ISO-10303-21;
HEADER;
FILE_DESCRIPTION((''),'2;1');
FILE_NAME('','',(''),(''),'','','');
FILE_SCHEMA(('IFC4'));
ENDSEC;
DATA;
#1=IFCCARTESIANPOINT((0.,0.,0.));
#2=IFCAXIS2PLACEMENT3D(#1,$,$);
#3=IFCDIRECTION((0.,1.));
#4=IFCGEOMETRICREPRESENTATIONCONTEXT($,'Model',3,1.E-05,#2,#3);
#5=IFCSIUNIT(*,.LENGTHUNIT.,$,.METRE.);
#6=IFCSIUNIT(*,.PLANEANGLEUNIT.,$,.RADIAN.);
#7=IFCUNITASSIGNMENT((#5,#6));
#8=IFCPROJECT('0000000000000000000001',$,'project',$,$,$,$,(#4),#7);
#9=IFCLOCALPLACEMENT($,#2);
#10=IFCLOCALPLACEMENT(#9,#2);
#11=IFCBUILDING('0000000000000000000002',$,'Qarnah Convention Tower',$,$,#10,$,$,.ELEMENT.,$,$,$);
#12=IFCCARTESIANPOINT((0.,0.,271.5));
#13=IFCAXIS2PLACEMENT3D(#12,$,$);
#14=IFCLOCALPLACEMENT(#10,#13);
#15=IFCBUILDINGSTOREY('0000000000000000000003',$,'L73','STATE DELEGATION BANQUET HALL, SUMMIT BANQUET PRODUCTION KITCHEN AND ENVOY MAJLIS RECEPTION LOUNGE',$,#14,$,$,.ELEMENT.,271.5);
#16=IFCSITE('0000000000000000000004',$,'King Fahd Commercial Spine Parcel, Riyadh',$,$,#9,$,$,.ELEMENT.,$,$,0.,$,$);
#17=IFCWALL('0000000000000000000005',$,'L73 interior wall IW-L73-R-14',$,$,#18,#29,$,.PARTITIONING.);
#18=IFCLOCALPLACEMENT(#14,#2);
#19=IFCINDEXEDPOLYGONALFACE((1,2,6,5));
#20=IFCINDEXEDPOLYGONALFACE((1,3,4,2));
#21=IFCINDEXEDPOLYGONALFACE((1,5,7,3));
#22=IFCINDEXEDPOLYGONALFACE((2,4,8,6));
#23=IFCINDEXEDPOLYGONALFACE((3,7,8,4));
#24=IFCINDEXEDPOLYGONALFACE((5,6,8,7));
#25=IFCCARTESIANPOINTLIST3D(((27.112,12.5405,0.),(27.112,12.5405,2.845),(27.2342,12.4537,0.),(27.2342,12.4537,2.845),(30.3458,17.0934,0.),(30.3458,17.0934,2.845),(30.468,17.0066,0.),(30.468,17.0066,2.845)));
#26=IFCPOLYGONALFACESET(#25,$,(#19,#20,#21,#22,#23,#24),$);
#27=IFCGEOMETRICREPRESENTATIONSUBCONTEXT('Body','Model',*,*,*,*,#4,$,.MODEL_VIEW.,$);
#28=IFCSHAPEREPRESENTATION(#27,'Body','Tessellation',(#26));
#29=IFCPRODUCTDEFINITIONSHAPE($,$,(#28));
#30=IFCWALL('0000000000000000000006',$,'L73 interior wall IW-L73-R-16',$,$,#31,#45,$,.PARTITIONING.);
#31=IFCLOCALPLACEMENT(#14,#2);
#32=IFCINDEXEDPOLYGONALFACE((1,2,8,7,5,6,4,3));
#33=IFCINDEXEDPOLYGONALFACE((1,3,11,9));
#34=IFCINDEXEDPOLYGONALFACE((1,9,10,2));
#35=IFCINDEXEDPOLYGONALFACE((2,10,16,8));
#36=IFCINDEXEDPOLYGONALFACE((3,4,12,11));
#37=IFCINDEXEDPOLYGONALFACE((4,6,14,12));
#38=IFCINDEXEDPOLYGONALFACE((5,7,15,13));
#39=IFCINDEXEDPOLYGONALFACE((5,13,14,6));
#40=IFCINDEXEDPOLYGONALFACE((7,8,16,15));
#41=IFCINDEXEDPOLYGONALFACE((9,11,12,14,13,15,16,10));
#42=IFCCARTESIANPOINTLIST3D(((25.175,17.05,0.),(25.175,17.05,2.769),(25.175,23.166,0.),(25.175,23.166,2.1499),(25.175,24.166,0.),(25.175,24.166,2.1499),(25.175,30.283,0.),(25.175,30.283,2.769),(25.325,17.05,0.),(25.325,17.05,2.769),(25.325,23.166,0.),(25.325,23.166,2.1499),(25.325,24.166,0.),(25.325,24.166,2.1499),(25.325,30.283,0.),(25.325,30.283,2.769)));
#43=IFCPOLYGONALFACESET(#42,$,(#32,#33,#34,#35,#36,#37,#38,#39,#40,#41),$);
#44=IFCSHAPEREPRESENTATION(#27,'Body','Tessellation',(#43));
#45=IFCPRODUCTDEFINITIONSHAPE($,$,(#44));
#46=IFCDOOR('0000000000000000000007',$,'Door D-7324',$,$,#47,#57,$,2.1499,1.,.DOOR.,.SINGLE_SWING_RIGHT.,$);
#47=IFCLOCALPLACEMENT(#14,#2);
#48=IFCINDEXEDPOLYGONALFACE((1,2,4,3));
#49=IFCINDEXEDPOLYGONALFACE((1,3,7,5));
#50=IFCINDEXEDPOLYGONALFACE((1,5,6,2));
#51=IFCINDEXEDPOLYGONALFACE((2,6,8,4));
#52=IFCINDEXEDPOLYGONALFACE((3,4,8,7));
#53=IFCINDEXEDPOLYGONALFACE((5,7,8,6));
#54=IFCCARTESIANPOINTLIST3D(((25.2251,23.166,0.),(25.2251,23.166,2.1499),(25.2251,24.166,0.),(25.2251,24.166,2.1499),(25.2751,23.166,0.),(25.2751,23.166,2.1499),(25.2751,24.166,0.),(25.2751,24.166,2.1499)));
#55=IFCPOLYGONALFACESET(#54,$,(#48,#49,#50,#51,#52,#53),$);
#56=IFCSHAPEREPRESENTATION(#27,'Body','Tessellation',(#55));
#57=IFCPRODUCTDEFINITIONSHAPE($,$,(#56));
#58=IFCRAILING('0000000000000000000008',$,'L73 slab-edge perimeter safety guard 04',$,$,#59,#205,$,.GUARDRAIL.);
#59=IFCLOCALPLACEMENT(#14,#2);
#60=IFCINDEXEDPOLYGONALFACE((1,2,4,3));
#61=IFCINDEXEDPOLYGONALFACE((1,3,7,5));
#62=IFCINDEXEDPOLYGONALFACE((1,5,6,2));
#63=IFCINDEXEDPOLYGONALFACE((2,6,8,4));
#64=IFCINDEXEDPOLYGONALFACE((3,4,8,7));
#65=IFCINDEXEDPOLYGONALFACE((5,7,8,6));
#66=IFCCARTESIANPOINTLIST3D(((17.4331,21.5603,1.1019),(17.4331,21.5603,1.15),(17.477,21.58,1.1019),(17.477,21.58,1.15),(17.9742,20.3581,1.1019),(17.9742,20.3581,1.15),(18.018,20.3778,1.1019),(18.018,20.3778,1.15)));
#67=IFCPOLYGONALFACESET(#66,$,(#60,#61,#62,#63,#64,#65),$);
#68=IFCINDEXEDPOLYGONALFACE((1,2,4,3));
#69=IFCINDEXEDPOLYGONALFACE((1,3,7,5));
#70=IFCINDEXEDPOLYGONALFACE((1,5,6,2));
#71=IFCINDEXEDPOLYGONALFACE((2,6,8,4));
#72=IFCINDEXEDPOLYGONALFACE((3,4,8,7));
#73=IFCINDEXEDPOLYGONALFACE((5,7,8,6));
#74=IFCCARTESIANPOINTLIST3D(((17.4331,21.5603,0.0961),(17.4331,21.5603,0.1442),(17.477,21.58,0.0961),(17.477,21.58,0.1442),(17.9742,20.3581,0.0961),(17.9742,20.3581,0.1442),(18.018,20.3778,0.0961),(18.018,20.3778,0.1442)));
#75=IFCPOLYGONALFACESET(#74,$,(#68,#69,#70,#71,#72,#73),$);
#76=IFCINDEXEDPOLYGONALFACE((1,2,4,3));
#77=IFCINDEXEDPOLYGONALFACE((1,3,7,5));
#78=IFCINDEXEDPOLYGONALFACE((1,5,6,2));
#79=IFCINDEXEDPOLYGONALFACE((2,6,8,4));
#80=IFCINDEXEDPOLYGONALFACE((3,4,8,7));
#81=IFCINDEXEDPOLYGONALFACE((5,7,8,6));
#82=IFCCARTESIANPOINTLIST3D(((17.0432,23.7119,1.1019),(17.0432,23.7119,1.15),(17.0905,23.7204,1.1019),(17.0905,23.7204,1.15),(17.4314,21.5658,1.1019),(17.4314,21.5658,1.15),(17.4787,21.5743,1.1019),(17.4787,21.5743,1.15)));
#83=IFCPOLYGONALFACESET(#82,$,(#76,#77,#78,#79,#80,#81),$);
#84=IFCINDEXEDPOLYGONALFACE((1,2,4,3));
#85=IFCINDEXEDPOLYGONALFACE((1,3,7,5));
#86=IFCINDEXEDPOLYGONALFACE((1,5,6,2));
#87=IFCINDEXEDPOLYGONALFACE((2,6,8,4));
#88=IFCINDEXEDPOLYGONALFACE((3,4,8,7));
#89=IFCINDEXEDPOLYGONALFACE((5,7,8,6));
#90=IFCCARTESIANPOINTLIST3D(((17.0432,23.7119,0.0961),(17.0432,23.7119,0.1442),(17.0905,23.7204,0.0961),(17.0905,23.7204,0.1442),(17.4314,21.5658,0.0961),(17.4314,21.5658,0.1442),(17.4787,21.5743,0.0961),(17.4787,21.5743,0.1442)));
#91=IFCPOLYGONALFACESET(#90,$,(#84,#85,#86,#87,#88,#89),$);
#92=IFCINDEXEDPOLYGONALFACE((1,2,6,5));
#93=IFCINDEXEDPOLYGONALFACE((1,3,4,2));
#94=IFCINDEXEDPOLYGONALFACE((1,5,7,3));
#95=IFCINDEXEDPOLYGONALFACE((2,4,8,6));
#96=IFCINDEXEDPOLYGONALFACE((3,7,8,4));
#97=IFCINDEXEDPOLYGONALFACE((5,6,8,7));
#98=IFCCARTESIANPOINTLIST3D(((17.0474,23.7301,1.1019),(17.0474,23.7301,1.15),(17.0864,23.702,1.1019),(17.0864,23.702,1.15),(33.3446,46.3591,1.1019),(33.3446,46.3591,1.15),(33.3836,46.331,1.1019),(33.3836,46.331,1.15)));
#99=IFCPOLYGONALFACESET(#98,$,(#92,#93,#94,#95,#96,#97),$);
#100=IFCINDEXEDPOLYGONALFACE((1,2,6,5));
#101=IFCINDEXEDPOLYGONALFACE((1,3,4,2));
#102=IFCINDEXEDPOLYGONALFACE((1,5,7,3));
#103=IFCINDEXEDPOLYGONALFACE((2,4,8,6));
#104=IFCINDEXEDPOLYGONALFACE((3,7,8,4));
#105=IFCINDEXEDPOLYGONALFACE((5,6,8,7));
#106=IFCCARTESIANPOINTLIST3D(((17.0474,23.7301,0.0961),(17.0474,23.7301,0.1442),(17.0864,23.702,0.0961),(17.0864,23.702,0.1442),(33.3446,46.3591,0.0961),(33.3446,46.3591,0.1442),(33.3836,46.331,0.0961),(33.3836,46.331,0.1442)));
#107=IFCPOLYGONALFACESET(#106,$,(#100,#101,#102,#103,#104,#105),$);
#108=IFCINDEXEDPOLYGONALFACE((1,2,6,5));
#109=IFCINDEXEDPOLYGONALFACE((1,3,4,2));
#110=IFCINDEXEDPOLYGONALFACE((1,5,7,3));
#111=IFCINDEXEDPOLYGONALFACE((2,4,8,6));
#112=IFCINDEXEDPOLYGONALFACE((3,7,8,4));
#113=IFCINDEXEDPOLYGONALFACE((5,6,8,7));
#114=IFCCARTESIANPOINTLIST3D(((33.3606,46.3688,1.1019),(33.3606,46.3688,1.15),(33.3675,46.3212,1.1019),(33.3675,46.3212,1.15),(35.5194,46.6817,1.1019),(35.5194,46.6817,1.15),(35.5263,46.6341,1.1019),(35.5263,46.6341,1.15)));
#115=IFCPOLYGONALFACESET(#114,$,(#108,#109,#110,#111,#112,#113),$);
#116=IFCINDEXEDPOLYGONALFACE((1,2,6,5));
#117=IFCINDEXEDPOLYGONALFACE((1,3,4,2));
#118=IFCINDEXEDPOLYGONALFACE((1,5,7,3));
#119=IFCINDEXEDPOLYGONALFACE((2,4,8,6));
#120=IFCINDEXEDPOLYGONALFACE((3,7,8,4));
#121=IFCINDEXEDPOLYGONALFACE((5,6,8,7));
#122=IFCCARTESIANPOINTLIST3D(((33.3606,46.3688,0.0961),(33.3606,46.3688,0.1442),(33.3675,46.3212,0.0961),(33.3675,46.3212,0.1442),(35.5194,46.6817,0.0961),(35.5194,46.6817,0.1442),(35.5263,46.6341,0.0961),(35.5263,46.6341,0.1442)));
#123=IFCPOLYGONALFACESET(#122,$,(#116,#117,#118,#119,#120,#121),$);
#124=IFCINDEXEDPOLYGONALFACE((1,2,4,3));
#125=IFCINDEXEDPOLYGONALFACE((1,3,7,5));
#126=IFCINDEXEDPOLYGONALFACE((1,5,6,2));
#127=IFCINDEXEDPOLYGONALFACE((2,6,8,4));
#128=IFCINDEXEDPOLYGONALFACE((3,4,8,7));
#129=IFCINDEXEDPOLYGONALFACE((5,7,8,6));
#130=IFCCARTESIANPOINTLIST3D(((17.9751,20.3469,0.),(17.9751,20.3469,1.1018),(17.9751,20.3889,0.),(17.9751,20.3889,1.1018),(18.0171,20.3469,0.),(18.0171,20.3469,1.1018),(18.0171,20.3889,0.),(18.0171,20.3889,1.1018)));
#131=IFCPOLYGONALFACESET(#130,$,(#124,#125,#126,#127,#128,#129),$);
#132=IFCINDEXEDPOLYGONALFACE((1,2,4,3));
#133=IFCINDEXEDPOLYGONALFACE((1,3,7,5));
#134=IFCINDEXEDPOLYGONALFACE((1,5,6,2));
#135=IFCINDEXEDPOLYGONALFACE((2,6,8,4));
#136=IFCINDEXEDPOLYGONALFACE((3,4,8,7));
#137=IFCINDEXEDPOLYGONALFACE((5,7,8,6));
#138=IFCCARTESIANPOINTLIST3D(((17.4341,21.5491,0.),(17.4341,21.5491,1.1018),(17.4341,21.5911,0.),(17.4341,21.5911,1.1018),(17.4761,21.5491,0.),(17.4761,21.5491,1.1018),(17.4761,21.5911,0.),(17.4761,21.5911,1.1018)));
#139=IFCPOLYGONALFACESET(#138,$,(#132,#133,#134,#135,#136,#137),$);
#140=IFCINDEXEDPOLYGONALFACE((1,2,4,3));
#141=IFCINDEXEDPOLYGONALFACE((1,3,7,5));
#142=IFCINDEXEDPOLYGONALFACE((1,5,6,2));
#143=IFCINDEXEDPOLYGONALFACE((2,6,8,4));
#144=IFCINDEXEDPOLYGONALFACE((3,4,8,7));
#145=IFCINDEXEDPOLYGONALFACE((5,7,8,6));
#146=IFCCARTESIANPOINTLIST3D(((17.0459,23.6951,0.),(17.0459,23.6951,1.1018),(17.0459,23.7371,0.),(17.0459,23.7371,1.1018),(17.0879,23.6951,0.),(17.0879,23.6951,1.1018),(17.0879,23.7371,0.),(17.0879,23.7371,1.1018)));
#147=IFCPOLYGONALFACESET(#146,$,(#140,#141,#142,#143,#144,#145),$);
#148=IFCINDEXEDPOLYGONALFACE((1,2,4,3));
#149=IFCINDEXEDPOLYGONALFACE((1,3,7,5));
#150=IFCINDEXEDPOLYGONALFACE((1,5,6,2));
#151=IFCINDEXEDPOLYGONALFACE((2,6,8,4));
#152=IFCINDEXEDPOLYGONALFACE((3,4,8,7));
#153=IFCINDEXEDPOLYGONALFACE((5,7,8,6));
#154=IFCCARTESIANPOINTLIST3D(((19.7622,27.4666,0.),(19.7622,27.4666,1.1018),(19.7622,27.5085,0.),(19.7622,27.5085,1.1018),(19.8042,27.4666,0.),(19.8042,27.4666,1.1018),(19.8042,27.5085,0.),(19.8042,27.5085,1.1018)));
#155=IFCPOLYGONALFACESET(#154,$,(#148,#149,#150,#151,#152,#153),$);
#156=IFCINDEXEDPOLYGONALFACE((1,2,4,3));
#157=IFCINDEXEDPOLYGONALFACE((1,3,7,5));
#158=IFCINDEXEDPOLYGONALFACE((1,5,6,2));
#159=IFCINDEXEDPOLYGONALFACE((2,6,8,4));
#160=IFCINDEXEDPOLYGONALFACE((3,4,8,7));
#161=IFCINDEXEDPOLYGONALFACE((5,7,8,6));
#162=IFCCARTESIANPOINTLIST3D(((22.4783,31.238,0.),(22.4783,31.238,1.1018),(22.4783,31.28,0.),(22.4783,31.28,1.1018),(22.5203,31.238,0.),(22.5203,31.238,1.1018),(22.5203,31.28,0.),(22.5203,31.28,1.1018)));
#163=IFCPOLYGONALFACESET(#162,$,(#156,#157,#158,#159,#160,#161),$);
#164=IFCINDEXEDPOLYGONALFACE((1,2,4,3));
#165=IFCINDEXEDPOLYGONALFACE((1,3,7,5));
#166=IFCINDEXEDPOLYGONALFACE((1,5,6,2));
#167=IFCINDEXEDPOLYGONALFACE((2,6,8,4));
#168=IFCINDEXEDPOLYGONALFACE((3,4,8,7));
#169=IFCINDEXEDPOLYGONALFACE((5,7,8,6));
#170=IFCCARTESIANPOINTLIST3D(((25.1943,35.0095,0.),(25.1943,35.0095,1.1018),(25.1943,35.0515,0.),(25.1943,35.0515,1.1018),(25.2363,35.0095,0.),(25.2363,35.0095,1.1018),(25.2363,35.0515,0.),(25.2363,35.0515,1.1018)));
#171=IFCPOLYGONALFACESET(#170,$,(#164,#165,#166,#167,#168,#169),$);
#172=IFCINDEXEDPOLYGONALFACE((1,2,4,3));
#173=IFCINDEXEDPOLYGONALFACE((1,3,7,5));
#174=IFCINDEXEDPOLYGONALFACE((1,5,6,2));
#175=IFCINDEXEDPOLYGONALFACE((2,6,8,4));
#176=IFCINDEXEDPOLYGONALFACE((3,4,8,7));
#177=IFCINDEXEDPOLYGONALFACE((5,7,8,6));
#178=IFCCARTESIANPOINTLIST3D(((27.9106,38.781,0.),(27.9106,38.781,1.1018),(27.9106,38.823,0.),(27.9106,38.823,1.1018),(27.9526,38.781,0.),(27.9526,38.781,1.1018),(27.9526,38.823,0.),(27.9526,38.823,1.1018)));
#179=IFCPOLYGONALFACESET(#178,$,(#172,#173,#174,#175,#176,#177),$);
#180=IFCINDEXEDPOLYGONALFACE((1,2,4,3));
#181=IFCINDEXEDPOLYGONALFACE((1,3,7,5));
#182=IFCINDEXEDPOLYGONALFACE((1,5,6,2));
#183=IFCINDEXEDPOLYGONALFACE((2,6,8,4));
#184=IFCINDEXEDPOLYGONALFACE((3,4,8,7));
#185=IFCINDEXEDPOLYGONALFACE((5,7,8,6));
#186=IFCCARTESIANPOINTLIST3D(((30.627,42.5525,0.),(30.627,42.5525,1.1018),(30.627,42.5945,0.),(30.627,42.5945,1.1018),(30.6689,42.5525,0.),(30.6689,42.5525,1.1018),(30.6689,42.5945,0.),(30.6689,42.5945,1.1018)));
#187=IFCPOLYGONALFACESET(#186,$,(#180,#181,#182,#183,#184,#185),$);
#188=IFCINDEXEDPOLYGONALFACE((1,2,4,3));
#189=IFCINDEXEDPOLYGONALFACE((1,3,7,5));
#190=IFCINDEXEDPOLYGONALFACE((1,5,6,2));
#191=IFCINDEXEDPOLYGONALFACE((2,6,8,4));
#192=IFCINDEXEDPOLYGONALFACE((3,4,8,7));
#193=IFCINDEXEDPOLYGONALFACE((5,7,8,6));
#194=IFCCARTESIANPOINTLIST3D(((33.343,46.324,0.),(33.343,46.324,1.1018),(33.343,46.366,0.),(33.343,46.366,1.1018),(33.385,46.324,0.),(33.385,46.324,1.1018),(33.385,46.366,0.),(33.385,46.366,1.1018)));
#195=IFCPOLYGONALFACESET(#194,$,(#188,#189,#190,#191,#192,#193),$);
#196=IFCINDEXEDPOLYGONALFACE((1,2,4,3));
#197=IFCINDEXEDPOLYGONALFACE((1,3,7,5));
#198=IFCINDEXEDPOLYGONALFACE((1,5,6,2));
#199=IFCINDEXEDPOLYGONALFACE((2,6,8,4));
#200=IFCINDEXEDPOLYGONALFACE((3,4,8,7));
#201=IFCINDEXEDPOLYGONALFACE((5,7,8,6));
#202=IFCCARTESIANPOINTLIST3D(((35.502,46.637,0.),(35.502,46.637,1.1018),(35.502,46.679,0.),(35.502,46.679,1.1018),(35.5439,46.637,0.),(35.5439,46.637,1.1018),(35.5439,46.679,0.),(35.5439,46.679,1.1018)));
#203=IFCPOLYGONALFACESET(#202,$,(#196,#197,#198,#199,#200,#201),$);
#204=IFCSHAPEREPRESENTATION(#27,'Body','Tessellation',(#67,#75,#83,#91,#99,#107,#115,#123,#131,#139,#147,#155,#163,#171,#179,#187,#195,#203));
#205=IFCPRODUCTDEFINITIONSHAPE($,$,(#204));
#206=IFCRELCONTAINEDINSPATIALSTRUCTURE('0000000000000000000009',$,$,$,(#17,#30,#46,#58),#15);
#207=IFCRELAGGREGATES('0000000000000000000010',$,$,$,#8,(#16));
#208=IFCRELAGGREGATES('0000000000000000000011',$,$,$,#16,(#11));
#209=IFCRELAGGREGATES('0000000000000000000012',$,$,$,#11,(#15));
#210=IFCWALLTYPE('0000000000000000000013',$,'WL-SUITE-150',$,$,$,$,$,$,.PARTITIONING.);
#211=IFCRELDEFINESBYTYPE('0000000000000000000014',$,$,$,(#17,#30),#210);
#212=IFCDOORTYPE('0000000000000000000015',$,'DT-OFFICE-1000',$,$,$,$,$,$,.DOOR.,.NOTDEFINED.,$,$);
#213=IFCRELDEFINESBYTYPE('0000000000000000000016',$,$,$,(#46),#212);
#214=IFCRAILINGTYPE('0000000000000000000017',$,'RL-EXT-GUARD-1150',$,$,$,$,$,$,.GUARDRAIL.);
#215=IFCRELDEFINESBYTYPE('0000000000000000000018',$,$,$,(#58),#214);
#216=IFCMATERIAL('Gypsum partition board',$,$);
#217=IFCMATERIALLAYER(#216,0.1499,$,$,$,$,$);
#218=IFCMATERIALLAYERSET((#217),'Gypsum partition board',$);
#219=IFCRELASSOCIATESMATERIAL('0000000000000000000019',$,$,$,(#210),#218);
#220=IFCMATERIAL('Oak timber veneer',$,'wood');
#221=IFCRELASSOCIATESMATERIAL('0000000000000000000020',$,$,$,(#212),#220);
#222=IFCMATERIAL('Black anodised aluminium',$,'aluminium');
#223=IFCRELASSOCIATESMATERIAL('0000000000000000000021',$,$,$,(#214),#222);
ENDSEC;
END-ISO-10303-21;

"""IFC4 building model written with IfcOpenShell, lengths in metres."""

from ifc_helpers import new_model, si_unit, direction, frame, frame_2d, origin, origin_2d, place, context, subcontext, project, spatial, rectangle, extrude, material, layer, layer_set, type_object, element, fill, save


model = new_model("IFC4")

# Units and contexts
model_context = context("Model", 3, precision=1e-05, world=origin(), true_north=direction((0.0, 1.0)))
body_context = subcontext(model_context, "Body", "Model", "MODEL_VIEW")
ifc_project = project(units=[si_unit("LENGTHUNIT", "METRE"), si_unit("PLANEANGLEUNIT", "RADIAN")], contexts=[model_context])

# Site, building, storey
site_placement = place(None, origin())
site = spatial("IfcSite", under=ifc_project, at=site_placement, Name="King Fahd Commercial Spine Parcel, Riyadh", CompositionType="ELEMENT", RefElevation=0.0)
building_placement = place(site_placement, origin())
building = spatial("IfcBuilding", under=site, at=building_placement, Name="Qarnah Convention Tower", CompositionType="ELEMENT")
storey_placement = place(building_placement, frame((0.0, 0.0, 271.5)))
storey = spatial("IfcBuildingStorey", under=building, at=storey_placement, Name="L73", Description="STATE DELEGATION BANQUET HALL, SUMMIT BANQUET PRODUCTION KITCHEN AND ENVOY MAJLIS RECEPTION LOUNGE", CompositionType="ELEMENT", Elevation=271.5)

# Shared definitions
ifc_material_1 = material(Name="Black anodised aluminium", Category="aluminium")

# Wall
ifc_material_2 = material(Name="Gypsum partition board")
ifc_layer_1 = layer(ifc_material_2, 0.1499)
ifc_layer_set_1 = layer_set([ifc_layer_1], Name="Gypsum partition board")
wall_type_1 = type_object("IfcWallType", Name="WL-SUITE-150", PredefinedType="PARTITIONING", material=ifc_layer_set_1)
wall_1_placement = place(storey_placement, frame((27.1731, 12.4971, 0.0), z_axis=(0.0, 0.0, 1.0), x_axis=(0.579073, 0.815275, 0.0)))
element("IfcWall", 1, at=wall_1_placement, inside=storey, type_object=wall_type_1, Name="L73 interior wall IW-L73-R-14", PredefinedType="PARTITIONING", context=body_context, shape_type="SweptSolid", body=[
    extrude(rectangle(XDim=5.5845, YDim=0.1499, at=frame_2d((2.7922, 0.0))), origin(), (0.0, 0.0, 1.0), 2.845),
])

# Wall, opening, door
wall_2_placement = place(storey_placement, frame((25.25, 17.05, 0.0), z_axis=(0.0, 0.0, 1.0), x_axis=(0.0, 1.0, 0.0)))
wall_2 = element("IfcWall", 2, at=wall_2_placement, inside=storey, type_object=wall_type_1, Name="L73 interior wall IW-L73-R-16", PredefinedType="PARTITIONING", context=body_context, shape_type="SweptSolid", body=[
    extrude(rectangle(XDim=13.2329, YDim=0.1499, at=frame_2d((6.6165, 0.0))), origin(), (0.0, 0.0, 1.0), 2.769),
])
opening_1_placement = place(wall_2_placement, frame((6.116, 0.0, 0.0)))
opening_1 = element("IfcOpeningElement", 3, at=opening_1_placement, cuts=wall_2, PredefinedType="OPENING", context=body_context, shape_type="SweptSolid", body=[
    extrude(rectangle(XDim=1.0, YDim=2.1499, at=frame_2d((0.5, 1.075))), frame((0.0, 0.085, 0.0), z_axis=(0.0, -1.0, 0.0), x_axis=(1.0, 0.0, 0.0)), (0.0, 0.0, 1.0), 0.1699),
])
ifc_material_3 = material(Name="Oak timber veneer", Category="wood")
door_type_1 = type_object("IfcDoorType", Name="DT-OFFICE-1000", OperationType="NOTDEFINED", PredefinedType="DOOR", material=ifc_material_3)
door_1_placement = place(opening_1_placement, origin())
door_1 = element("IfcDoor", 4, at=door_1_placement, inside=storey, type_object=door_type_1, Name="Door D-7324", OperationType="SINGLE_SWING_RIGHT", OverallHeight=2.1499, OverallWidth=1.0, PredefinedType="DOOR", context=body_context, shape_type="SweptSolid", body=[
    extrude(rectangle(XDim=1.0, YDim=2.1499, at=frame_2d((0.5, 1.075))), frame((0.0, 0.0249, 0.0), z_axis=(0.0, -1.0, 0.0), x_axis=(1.0, 0.0, 0.0)), (0.0, 0.0, 1.0), 0.05),
])
fill(opening_1, door_1)

# Railing
railing_type = type_object("IfcRailingType", Name="RL-EXT-GUARD-1150", PredefinedType="GUARDRAIL", material=ifc_material_1)
railing_1_placement = place(storey_placement, frame((17.9961, 20.3679, 0.0)))
element("IfcRailing", 5, at=railing_1_placement, inside=storey, type_object=railing_type, Name="L73 slab-edge perimeter safety guard 04", PredefinedType="GUARDRAIL", context=body_context, shape_type="SweptSolid", body=[
    extrude(rectangle(XDim=0.0481, YDim=0.0481, at=origin_2d()), frame((0.0, 0.0, 1.126), z_axis=(-0.410395, 0.911908, 0.0), x_axis=(-0.911908, -0.410395, 0.0)), (0.0, 0.0, 1.0), 1.3184),
    extrude(rectangle(XDim=0.0481, YDim=0.0481, at=origin_2d()), frame((0.0, 0.0, 0.1201), z_axis=(-0.410395, 0.911908, 0.0), x_axis=(-0.911908, -0.410395, 0.0)), (0.0, 0.0, 1.0), 1.3184),
    extrude(rectangle(XDim=0.0481, YDim=0.0481, at=origin_2d()), frame((-0.541, 1.2021, 1.126), z_axis=(-0.177999, 0.984031, 0.0), x_axis=(-0.984031, -0.177999, 0.0)), (0.0, 0.0, 1.0), 2.1809),
    extrude(rectangle(XDim=0.0481, YDim=0.0481, at=origin_2d()), frame((-0.541, 1.2021, 0.1201), z_axis=(-0.177999, 0.984031, 0.0), x_axis=(-0.984031, -0.177999, 0.0)), (0.0, 0.0, 1.0), 2.1809),
    extrude(rectangle(XDim=0.0481, YDim=0.0481, at=origin_2d()), frame((-0.9292, 3.3481, 1.126), z_axis=(0.584406, 0.811461, 0.0), x_axis=(-0.811461, 0.584406, 0.0)), (0.0, 0.0, 1.0), 27.8867),
    extrude(rectangle(XDim=0.0481, YDim=0.0481, at=origin_2d()), frame((-0.9292, 3.3481, 0.1201), z_axis=(0.584406, 0.811461, 0.0), x_axis=(-0.811461, 0.584406, 0.0)), (0.0, 0.0, 1.0), 27.8867),
    extrude(rectangle(XDim=0.0481, YDim=0.0481, at=origin_2d()), frame((15.3679, 25.9771, 1.126), z_axis=(0.989654, 0.143474, 0.0), x_axis=(-0.143474, 0.989654, 0.0)), (0.0, 0.0, 1.0), 2.1814),
    extrude(rectangle(XDim=0.0481, YDim=0.0481, at=origin_2d()), frame((15.3679, 25.9771, 0.1201), z_axis=(0.989654, 0.143474, 0.0), x_axis=(-0.143474, 0.989654, 0.0)), (0.0, 0.0, 1.0), 2.1814),
    extrude(rectangle(XDim=0.042, YDim=0.042, at=origin_2d()), origin(), (0.0, 0.0, 1.0), 1.1018),
    extrude(rectangle(XDim=0.042, YDim=0.042, at=origin_2d()), frame((-0.541, 1.2021, 0.0)), (0.0, 0.0, 1.0), 1.1018),
    extrude(rectangle(XDim=0.042, YDim=0.042, at=origin_2d()), frame((-0.9292, 3.3481, 0.0)), (0.0, 0.0, 1.0), 1.1018),
    extrude(rectangle(XDim=0.042, YDim=0.042, at=origin_2d()), frame((1.7871, 7.1196, 0.0)), (0.0, 0.0, 1.0), 1.1018),
    extrude(rectangle(XDim=0.042, YDim=0.042, at=origin_2d()), frame((4.5032, 10.8911, 0.0)), (0.0, 0.0, 1.0), 1.1018),
    extrude(rectangle(XDim=0.042, YDim=0.042, at=origin_2d()), frame((7.2192, 14.6626, 0.0)), (0.0, 0.0, 1.0), 1.1018),
    extrude(rectangle(XDim=0.042, YDim=0.042, at=origin_2d()), frame((9.9355, 18.4341, 0.0)), (0.0, 0.0, 1.0), 1.1018),
    extrude(rectangle(XDim=0.042, YDim=0.042, at=origin_2d()), frame((12.6519, 22.2056, 0.0)), (0.0, 0.0, 1.0), 1.1018),
    extrude(rectangle(XDim=0.042, YDim=0.042, at=origin_2d()), frame((15.3679, 25.9771, 0.0)), (0.0, 0.0, 1.0), 1.1018),
    extrude(rectangle(XDim=0.042, YDim=0.042, at=origin_2d()), frame((17.5269, 26.29, 0.0)), (0.0, 0.0, 1.0), 1.1018),
])

save(model, "model.ifc")
